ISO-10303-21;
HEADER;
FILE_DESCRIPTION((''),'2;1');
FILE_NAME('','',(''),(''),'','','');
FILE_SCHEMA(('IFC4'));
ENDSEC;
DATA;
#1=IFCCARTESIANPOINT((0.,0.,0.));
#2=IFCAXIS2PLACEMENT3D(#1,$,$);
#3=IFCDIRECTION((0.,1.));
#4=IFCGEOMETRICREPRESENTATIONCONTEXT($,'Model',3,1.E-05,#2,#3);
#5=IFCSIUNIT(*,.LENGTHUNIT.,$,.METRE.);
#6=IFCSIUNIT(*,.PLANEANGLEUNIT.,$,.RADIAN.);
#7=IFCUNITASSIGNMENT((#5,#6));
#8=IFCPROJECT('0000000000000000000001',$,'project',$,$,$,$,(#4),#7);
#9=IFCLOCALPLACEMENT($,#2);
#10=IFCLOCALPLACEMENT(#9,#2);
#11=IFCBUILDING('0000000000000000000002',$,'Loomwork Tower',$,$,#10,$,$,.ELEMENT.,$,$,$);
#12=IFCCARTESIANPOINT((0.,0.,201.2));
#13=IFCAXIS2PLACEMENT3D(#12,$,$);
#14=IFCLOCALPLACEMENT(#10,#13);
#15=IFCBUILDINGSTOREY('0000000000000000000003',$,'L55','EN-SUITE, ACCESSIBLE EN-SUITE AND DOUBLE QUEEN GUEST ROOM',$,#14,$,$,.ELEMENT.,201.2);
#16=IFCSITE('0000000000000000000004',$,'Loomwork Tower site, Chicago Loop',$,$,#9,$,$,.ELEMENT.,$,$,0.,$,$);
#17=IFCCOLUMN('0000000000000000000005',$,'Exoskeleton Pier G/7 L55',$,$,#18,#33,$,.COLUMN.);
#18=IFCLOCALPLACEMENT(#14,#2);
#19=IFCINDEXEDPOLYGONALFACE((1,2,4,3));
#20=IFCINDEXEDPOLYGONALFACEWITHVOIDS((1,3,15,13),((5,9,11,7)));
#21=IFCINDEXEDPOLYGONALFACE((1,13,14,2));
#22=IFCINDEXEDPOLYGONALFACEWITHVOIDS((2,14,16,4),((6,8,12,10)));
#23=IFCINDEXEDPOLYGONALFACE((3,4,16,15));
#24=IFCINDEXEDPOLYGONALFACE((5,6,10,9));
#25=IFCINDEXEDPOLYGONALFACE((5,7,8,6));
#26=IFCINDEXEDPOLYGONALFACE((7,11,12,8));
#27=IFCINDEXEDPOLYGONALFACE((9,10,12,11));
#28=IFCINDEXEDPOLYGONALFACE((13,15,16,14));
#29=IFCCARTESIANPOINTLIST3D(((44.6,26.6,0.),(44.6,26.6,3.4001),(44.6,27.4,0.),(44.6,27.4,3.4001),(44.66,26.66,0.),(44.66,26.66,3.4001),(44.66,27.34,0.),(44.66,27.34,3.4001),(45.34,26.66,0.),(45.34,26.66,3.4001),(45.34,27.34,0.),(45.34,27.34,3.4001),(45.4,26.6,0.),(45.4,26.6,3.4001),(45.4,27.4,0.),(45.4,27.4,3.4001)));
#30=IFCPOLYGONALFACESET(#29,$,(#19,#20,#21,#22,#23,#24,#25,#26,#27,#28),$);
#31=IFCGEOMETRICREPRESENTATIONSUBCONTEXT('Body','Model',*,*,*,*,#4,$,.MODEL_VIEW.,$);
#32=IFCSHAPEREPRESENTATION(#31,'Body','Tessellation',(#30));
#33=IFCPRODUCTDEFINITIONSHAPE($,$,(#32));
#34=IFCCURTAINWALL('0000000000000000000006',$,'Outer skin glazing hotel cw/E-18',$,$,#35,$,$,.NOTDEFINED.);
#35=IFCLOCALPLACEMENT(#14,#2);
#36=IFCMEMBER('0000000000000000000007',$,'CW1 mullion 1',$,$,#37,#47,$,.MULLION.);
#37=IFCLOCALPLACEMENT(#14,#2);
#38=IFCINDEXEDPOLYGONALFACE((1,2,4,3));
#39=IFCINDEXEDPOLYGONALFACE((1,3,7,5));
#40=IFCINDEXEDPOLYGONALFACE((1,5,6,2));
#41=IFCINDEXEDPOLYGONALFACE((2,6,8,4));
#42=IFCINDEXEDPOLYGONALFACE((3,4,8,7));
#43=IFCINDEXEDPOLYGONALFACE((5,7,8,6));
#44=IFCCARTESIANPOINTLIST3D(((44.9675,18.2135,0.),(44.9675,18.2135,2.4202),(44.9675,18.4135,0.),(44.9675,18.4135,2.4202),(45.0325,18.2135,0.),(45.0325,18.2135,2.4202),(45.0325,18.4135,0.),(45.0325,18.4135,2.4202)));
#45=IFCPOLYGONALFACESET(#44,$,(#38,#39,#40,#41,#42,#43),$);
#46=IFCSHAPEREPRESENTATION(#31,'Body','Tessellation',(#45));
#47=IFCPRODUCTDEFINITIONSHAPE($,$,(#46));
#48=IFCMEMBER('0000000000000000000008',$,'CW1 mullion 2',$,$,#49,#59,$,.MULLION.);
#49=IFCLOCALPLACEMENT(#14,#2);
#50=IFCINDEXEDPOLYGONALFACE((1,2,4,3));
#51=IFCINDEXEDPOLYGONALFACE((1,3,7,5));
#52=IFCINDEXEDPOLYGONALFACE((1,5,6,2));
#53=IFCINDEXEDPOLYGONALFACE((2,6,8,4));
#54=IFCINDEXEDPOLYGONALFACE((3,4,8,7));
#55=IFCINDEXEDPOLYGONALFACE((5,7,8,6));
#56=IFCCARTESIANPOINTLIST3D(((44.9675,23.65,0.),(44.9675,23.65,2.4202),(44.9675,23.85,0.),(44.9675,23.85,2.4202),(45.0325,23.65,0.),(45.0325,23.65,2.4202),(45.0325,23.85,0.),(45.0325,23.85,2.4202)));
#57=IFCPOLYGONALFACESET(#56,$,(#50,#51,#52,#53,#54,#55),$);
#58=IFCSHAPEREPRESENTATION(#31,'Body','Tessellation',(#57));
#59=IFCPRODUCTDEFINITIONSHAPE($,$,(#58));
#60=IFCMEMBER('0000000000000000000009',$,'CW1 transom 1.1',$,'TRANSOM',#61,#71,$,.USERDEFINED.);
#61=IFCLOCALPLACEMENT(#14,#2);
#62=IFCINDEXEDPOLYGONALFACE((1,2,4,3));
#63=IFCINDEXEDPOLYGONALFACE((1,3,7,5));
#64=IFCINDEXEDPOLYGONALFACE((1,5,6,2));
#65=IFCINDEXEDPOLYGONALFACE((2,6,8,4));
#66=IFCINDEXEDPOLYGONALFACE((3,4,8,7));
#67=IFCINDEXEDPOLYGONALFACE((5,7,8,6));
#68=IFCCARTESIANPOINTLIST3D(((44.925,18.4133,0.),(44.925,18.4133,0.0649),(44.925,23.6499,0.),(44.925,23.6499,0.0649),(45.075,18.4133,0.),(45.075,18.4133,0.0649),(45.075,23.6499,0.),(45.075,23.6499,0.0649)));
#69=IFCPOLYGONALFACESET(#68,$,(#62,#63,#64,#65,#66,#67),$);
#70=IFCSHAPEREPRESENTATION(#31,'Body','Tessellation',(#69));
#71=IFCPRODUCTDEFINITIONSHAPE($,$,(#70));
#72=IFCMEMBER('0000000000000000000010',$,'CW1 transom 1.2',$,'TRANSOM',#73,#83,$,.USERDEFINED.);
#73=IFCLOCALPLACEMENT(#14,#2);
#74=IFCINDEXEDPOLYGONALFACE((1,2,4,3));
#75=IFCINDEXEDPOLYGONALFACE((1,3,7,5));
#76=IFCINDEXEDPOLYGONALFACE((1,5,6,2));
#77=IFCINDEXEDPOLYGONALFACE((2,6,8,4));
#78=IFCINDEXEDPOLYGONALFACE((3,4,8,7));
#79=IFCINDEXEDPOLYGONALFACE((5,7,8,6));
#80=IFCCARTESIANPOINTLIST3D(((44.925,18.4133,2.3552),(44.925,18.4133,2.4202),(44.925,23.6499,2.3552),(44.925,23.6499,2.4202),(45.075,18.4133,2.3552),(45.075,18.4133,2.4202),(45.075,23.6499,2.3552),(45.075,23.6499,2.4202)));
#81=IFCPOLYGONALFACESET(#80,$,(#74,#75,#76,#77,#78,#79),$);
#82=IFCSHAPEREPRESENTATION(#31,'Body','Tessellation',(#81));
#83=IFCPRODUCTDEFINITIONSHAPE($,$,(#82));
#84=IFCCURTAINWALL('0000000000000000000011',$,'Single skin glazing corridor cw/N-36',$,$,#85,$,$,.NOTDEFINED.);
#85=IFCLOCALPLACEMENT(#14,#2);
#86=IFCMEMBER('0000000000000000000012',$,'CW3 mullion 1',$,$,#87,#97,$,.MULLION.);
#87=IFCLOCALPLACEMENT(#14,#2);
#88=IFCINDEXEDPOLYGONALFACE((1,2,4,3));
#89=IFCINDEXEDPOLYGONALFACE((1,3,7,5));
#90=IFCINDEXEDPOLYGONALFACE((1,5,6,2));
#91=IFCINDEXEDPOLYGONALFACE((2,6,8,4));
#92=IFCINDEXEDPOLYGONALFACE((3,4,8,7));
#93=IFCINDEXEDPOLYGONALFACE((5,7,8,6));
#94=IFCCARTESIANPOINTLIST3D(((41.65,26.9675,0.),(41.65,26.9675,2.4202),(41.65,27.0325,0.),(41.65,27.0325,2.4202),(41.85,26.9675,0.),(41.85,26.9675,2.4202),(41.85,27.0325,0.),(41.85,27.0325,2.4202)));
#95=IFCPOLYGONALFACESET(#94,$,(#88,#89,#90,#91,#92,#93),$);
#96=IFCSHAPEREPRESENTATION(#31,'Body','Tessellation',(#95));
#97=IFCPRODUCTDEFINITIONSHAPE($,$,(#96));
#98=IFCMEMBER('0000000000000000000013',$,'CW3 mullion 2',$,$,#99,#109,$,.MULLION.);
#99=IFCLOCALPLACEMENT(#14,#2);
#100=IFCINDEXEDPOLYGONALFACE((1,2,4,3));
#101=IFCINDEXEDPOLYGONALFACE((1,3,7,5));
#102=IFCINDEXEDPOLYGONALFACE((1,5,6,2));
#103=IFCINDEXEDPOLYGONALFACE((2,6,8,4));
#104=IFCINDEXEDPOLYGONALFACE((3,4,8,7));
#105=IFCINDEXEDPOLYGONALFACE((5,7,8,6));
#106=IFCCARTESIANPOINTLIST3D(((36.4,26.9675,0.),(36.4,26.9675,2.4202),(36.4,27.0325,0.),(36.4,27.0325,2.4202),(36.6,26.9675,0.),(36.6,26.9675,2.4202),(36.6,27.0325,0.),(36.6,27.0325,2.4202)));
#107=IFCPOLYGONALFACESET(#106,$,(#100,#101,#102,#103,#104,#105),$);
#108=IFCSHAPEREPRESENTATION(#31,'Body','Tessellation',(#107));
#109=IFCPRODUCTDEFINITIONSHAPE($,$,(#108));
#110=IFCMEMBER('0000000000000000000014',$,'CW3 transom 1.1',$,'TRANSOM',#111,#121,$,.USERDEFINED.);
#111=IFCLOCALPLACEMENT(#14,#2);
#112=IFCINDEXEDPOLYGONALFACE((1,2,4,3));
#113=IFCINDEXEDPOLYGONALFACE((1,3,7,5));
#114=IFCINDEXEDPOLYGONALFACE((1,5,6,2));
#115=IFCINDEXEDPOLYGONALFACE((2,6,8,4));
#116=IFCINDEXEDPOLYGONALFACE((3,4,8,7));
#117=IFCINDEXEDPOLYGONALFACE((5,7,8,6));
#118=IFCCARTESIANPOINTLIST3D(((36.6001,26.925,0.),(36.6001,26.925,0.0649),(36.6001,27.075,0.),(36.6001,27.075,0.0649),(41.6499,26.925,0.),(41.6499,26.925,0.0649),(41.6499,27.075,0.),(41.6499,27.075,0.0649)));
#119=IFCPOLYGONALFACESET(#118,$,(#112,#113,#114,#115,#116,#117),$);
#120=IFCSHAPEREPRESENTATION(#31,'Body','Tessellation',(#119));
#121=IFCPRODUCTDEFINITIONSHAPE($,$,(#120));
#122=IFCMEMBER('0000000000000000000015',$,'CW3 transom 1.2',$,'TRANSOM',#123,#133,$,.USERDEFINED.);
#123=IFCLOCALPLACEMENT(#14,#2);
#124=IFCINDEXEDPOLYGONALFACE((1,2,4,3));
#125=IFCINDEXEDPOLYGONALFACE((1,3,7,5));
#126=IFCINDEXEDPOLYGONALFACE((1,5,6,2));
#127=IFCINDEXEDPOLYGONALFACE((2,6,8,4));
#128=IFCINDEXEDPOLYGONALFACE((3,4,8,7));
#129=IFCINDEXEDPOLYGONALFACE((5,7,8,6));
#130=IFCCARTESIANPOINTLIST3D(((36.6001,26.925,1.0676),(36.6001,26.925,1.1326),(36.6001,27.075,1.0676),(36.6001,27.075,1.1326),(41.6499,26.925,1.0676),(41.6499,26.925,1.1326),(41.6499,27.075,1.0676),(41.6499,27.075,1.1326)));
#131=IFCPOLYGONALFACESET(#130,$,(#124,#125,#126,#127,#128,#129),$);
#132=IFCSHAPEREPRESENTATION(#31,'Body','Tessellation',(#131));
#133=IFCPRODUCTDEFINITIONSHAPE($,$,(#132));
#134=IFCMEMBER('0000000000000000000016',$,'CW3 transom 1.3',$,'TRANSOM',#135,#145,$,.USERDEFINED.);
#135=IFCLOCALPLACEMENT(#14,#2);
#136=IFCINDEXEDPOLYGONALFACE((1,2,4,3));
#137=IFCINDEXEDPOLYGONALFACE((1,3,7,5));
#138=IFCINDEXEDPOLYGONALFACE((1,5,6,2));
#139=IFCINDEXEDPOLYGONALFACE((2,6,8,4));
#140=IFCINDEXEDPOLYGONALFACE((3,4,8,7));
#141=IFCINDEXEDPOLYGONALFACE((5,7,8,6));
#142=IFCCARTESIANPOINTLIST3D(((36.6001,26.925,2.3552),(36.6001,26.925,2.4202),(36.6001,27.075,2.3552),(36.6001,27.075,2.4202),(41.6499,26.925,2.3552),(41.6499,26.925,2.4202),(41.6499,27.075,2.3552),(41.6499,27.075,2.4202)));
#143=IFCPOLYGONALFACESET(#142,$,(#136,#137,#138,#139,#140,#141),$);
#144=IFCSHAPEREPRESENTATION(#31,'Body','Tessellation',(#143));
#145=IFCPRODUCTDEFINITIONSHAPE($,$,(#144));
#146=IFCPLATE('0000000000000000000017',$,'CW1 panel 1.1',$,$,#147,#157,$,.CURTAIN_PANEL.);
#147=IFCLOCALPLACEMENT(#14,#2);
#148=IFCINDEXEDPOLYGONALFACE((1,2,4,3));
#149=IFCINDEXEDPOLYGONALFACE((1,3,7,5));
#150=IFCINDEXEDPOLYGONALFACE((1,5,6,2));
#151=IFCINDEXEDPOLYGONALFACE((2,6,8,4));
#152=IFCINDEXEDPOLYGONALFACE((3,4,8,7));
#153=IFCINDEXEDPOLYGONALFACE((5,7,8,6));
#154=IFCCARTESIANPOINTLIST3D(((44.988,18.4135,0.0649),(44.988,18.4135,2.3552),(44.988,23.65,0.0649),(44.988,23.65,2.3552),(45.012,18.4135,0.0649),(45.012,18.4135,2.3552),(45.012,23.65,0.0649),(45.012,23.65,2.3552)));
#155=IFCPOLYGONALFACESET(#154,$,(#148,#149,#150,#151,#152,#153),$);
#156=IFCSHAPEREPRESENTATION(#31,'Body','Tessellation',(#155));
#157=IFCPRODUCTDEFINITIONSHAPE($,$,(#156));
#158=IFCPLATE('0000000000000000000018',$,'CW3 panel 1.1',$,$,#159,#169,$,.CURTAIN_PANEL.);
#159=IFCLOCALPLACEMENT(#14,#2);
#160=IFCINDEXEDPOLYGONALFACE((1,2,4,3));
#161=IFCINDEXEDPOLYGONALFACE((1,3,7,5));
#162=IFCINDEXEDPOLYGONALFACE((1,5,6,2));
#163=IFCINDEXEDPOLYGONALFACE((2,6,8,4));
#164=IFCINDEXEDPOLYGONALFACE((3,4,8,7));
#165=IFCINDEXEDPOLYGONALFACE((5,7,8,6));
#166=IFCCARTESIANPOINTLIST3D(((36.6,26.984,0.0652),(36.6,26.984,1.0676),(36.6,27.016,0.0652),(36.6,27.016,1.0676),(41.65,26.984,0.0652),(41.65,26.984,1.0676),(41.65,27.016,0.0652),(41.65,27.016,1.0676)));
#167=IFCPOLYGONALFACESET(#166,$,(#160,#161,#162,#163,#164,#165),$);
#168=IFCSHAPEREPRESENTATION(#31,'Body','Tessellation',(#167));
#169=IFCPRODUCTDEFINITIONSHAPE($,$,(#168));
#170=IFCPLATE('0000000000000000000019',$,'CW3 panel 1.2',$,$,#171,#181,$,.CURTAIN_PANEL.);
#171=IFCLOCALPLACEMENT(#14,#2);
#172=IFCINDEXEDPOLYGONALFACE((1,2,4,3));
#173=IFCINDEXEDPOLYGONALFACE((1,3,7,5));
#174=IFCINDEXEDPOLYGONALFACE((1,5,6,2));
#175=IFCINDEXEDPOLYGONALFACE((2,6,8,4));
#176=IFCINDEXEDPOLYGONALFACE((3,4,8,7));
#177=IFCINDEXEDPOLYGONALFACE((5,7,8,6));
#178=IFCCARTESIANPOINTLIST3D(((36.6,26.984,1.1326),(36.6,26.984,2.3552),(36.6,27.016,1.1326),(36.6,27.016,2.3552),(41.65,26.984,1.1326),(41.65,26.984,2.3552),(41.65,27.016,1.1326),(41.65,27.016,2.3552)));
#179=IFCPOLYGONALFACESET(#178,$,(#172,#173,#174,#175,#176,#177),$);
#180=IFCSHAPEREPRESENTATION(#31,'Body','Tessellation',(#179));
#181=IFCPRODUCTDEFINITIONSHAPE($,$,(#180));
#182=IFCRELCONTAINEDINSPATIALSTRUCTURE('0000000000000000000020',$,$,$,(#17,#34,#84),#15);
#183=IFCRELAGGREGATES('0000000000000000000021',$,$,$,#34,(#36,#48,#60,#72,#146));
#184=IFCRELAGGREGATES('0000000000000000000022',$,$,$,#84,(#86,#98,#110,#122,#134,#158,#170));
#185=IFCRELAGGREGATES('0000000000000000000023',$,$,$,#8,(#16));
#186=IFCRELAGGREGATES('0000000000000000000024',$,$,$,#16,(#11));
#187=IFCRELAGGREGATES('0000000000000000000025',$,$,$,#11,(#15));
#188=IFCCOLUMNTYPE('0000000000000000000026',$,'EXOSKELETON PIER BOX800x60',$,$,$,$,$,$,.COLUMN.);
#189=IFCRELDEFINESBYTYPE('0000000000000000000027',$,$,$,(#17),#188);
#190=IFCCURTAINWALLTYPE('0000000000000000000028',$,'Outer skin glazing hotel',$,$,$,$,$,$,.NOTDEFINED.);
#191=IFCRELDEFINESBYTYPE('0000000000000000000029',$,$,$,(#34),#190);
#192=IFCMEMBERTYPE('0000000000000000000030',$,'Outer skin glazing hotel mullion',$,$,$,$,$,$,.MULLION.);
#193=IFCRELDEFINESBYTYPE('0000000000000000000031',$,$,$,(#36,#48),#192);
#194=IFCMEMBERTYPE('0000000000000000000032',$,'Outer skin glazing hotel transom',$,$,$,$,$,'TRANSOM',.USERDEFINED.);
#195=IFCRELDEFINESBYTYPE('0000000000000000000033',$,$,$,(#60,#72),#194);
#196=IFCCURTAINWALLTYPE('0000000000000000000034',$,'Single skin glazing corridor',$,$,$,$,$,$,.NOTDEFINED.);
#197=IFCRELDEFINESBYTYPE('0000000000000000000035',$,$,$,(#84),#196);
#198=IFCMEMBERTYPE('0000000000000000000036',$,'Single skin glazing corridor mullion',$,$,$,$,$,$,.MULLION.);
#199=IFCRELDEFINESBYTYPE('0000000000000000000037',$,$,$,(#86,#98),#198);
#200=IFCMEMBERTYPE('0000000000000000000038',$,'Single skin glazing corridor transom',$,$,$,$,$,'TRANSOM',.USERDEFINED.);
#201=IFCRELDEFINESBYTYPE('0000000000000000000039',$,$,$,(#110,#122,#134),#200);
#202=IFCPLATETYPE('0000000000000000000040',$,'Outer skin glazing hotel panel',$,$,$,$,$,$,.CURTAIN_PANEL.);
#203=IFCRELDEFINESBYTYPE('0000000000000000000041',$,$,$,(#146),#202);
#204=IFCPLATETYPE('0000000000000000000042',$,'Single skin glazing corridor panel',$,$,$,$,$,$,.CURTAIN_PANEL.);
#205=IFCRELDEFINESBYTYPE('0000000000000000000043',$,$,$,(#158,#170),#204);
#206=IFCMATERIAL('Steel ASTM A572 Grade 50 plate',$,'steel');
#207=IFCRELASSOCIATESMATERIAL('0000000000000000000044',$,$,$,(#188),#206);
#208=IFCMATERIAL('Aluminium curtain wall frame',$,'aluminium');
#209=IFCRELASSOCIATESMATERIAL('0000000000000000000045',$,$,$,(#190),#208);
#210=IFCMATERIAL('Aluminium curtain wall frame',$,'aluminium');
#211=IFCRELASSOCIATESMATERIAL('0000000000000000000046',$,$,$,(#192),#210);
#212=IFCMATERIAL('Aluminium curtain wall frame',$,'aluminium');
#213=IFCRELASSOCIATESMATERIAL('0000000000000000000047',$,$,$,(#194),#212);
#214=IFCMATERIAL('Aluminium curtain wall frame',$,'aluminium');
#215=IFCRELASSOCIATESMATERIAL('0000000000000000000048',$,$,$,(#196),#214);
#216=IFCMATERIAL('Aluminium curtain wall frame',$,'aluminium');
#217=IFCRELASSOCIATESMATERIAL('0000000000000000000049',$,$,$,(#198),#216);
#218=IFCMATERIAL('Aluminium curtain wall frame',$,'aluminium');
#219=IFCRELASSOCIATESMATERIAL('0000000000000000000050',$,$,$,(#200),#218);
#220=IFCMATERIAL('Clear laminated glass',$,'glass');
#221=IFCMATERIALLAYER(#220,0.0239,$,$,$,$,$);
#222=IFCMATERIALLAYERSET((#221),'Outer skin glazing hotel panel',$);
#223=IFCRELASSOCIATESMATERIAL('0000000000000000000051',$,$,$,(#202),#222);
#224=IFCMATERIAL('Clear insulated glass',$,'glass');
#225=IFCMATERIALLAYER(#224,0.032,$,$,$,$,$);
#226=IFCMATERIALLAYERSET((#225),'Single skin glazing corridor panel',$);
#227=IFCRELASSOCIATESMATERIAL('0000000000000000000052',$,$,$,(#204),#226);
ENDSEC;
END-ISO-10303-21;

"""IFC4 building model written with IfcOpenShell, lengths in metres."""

from ifc_helpers import new_model, si_unit, direction, frame, origin, origin_2d, place, context, subcontext, project, spatial, rectangle, hollow_rectangle, extrude, material, layer, layer_set, material_profile, profile_set, type_object, element, aggregate, save


model = new_model("IFC4")

# Units and contexts
model_context = context("Model", 3, precision=1e-05, world=origin(), true_north=direction((0.0, 1.0)))
body_context = subcontext(model_context, "Body", "Model", "MODEL_VIEW")
ifc_project = project(units=[si_unit("LENGTHUNIT", "METRE"), si_unit("PLANEANGLEUNIT", "RADIAN")], contexts=[model_context])

# Site, building, storey
site_placement = place(None, origin())
site = spatial("IfcSite", under=ifc_project, at=site_placement, Name="Loomwork Tower site, Chicago Loop", CompositionType="ELEMENT", RefElevation=0.0)
building_placement = place(site_placement, origin())
building = spatial("IfcBuilding", under=site, at=building_placement, Name="Loomwork Tower", CompositionType="ELEMENT")
storey_placement = place(building_placement, frame((0.0, 0.0, 201.2)))
storey = spatial("IfcBuildingStorey", under=building, at=storey_placement, Name="L55", Description="EN-SUITE, ACCESSIBLE EN-SUITE AND DOUBLE QUEEN GUEST ROOM", CompositionType="ELEMENT", Elevation=201.2)

# Column
ifc_material_1 = material(Name="Steel ASTM A572 Grade 50 plate", Category="steel")
ifc_material_profile_1 = material_profile(ifc_material_1, hollow_rectangle(XDim=0.8, YDim=0.8, WallThickness=0.0601, at=origin_2d()), Name="BOX800x60")
ifc_profile_set_1 = profile_set([ifc_material_profile_1], Name="Steel ASTM A572 Grade 50 plate")
column_type = type_object("IfcColumnType", Name="EXOSKELETON PIER BOX800x60", PredefinedType="COLUMN", material=ifc_profile_set_1)
column_placement = place(storey_placement, frame((45.0, 27.0, 0.0), z_axis=(0.0, 0.0, 1.0), x_axis=(0.0, 1.0, 0.0)))
element("IfcColumn", 1, at=column_placement, inside=storey, type_object=column_type, Name="Exoskeleton Pier G/7 L55", PredefinedType="COLUMN", context=body_context, shape_type="SweptSolid", body=[
    extrude(hollow_rectangle(XDim=0.8, YDim=0.8, WallThickness=0.0601, at=origin_2d()), origin(), (0.0, 0.0, 1.0), 3.4001),
])

# Curtain walls, members
ifc_material_2 = material(Name="Aluminium curtain wall frame", Category="aluminium")
curtain_wall_type_1 = type_object("IfcCurtainWallType", Name="Outer skin glazing hotel", PredefinedType="NOTDEFINED", material=ifc_material_2)
curtain_wall_1_placement = place(storey_placement, origin())
curtain_wall_1 = element("IfcCurtainWall", 2, at=curtain_wall_1_placement, inside=storey, type_object=curtain_wall_type_1, Name="Outer skin glazing hotel cw/E-18", PredefinedType="NOTDEFINED")
ifc_material_3 = material(Name="Aluminium curtain wall frame", Category="aluminium")
ifc_material_profile_2 = material_profile(ifc_material_3, rectangle(XDim=0.0649, YDim=0.2, at=origin_2d()), Name="AL 65x200")
ifc_profile_set_2 = profile_set([ifc_material_profile_2], Name="Aluminium curtain wall frame")
member_type_1 = type_object("IfcMemberType", Name="Outer skin glazing hotel mullion", PredefinedType="MULLION", material=ifc_profile_set_2)
member_1_placement = place(storey_placement, frame((45.0, 18.3135, 0.0), z_axis=(0.0, 0.0, 1.0), x_axis=(-1.0, 0.0, 0.0)))
member_1 = element("IfcMember", 3, at=member_1_placement, type_object=member_type_1, Name="CW1 mullion 1", PredefinedType="MULLION", context=body_context, shape_type="SweptSolid", body=[
    extrude(rectangle(XDim=0.0649, YDim=0.2, at=origin_2d()), origin(), (0.0, 0.0, 1.0), 2.4202),
])
member_2_placement = place(storey_placement, frame((45.0, 23.75, 0.0), z_axis=(0.0, 0.0, 1.0), x_axis=(-1.0, 0.0, 0.0)))
member_2 = element("IfcMember", 4, at=member_2_placement, type_object=member_type_1, Name="CW1 mullion 2", PredefinedType="MULLION", context=body_context, shape_type="SweptSolid", body=[
    extrude(rectangle(XDim=0.0649, YDim=0.2, at=origin_2d()), origin(), (0.0, 0.0, 1.0), 2.4202),
])
ifc_material_4 = material(Name="Aluminium curtain wall frame", Category="aluminium")
ifc_material_profile_3 = material_profile(ifc_material_4, rectangle(XDim=0.1499, YDim=0.0649, at=origin_2d()), Name="AL 65x150")
ifc_profile_set_3 = profile_set([ifc_material_profile_3], Name="Aluminium curtain wall frame")
member_type_2 = type_object("IfcMemberType", Name="Outer skin glazing hotel transom", ElementType="TRANSOM", PredefinedType="USERDEFINED", material=ifc_profile_set_3)
member_3_placement = place(storey_placement, frame((45.0, 18.4133, 0.0325), z_axis=(0.0, 1.0, 0.0), x_axis=(-1.0, 0.0, 0.0)))
member_3 = element("IfcMember", 5, at=member_3_placement, type_object=member_type_2, Name="CW1 transom 1.1", ObjectType="TRANSOM", PredefinedType="USERDEFINED", context=body_context, shape_type="SweptSolid", body=[
    extrude(rectangle(XDim=0.1499, YDim=0.0649, at=origin_2d()), origin(), (0.0, 0.0, 1.0), 5.2366),
])
member_4_placement = place(storey_placement, frame((45.0, 18.4133, 2.3877), z_axis=(0.0, 1.0, 0.0), x_axis=(-1.0, 0.0, 0.0)))
member_4 = element("IfcMember", 6, at=member_4_placement, type_object=member_type_2, Name="CW1 transom 1.2", ObjectType="TRANSOM", PredefinedType="USERDEFINED", context=body_context, shape_type="SweptSolid", body=[
    extrude(rectangle(XDim=0.1499, YDim=0.0649, at=origin_2d()), origin(), (0.0, 0.0, 1.0), 5.2366),
])
ifc_material_5 = material(Name="Aluminium curtain wall frame", Category="aluminium")
curtain_wall_type_2 = type_object("IfcCurtainWallType", Name="Single skin glazing corridor", PredefinedType="NOTDEFINED", material=ifc_material_5)
curtain_wall_2_placement = place(storey_placement, origin())
curtain_wall_2 = element("IfcCurtainWall", 7, at=curtain_wall_2_placement, inside=storey, type_object=curtain_wall_type_2, Name="Single skin glazing corridor cw/N-36", PredefinedType="NOTDEFINED")
ifc_material_6 = material(Name="Aluminium curtain wall frame", Category="aluminium")
ifc_material_profile_4 = material_profile(ifc_material_6, rectangle(XDim=0.0649, YDim=0.2, at=origin_2d()), Name="AL 65x200")
ifc_profile_set_4 = profile_set([ifc_material_profile_4], Name="Aluminium curtain wall frame")
member_type_3 = type_object("IfcMemberType", Name="Single skin glazing corridor mullion", PredefinedType="MULLION", material=ifc_profile_set_4)
member_5_placement = place(storey_placement, frame((41.75, 27.0, 0.0), z_axis=(0.0, 0.0, 1.0), x_axis=(0.0, -1.0, 0.0)))
member_5 = element("IfcMember", 8, at=member_5_placement, type_object=member_type_3, Name="CW3 mullion 1", PredefinedType="MULLION", context=body_context, shape_type="SweptSolid", body=[
    extrude(rectangle(XDim=0.0649, YDim=0.2, at=origin_2d()), origin(), (0.0, 0.0, 1.0), 2.4202),
])
member_6_placement = place(storey_placement, frame((36.5, 27.0, 0.0), z_axis=(0.0, 0.0, 1.0), x_axis=(0.0, -1.0, 0.0)))
member_6 = element("IfcMember", 9, at=member_6_placement, type_object=member_type_3, Name="CW3 mullion 2", PredefinedType="MULLION", context=body_context, shape_type="SweptSolid", body=[
    extrude(rectangle(XDim=0.0649, YDim=0.2, at=origin_2d()), origin(), (0.0, 0.0, 1.0), 2.4202),
])
ifc_material_7 = material(Name="Aluminium curtain wall frame", Category="aluminium")
ifc_material_profile_5 = material_profile(ifc_material_7, rectangle(XDim=0.1499, YDim=0.0649, at=origin_2d()), Name="AL 65x150")
ifc_profile_set_5 = profile_set([ifc_material_profile_5], Name="Aluminium curtain wall frame")
member_type_4 = type_object("IfcMemberType", Name="Single skin glazing corridor transom", ElementType="TRANSOM", PredefinedType="USERDEFINED", material=ifc_profile_set_5)
member_7_placement = place(storey_placement, frame((41.6499, 27.0, 0.0325), z_axis=(-1.0, 0.0, 0.0), x_axis=(0.0, -1.0, 0.0)))
member_7 = element("IfcMember", 10, at=member_7_placement, type_object=member_type_4, Name="CW3 transom 1.1", ObjectType="TRANSOM", PredefinedType="USERDEFINED", context=body_context, shape_type="SweptSolid", body=[
    extrude(rectangle(XDim=0.1499, YDim=0.0649, at=origin_2d()), origin(), (0.0, 0.0, 1.0), 5.0498),
])
member_8_placement = place(storey_placement, frame((41.6499, 27.0, 1.1001), z_axis=(-1.0, 0.0, 0.0), x_axis=(0.0, -1.0, 0.0)))
member_8 = element("IfcMember", 11, at=member_8_placement, type_object=member_type_4, Name="CW3 transom 1.2", ObjectType="TRANSOM", PredefinedType="USERDEFINED", context=body_context, shape_type="SweptSolid", body=[
    extrude(rectangle(XDim=0.1499, YDim=0.0649, at=origin_2d()), origin(), (0.0, 0.0, 1.0), 5.0498),
])
member_9_placement = place(storey_placement, frame((41.6499, 27.0, 2.3877), z_axis=(-1.0, 0.0, 0.0), x_axis=(0.0, -1.0, 0.0)))
member_9 = element("IfcMember", 12, at=member_9_placement, type_object=member_type_4, Name="CW3 transom 1.3", ObjectType="TRANSOM", PredefinedType="USERDEFINED", context=body_context, shape_type="SweptSolid", body=[
    extrude(rectangle(XDim=0.1499, YDim=0.0649, at=origin_2d()), origin(), (0.0, 0.0, 1.0), 5.0498),
])

# Plates
ifc_material_8 = material(Name="Clear laminated glass", Category="glass")
ifc_layer_1 = layer(ifc_material_8, 0.0239)
ifc_layer_set_1 = layer_set([ifc_layer_1], Name="Outer skin glazing hotel panel")
plate_type_1 = type_object("IfcPlateType", Name="Outer skin glazing hotel panel", PredefinedType="CURTAIN_PANEL", material=ifc_layer_set_1)
plate_1_placement = place(storey_placement, frame((45.0, 21.0317, 0.0649), z_axis=(0.0, 0.0, 1.0), x_axis=(0.0, 1.0, 0.0)))
plate_1 = element("IfcPlate", 13, at=plate_1_placement, type_object=plate_type_1, Name="CW1 panel 1.1", PredefinedType="CURTAIN_PANEL", context=body_context, shape_type="SweptSolid", body=[
    extrude(rectangle(XDim=5.2366, YDim=0.0239, at=origin_2d()), origin(), (0.0, 0.0, 1.0), 2.2903),
])
aggregate(curtain_wall_1, [member_1, member_2, member_3, member_4, plate_1])
ifc_material_9 = material(Name="Clear insulated glass", Category="glass")
ifc_layer_2 = layer(ifc_material_9, 0.032)
ifc_layer_set_2 = layer_set([ifc_layer_2], Name="Single skin glazing corridor panel")
plate_type_2 = type_object("IfcPlateType", Name="Single skin glazing corridor panel", PredefinedType="CURTAIN_PANEL", material=ifc_layer_set_2)
plate_2_placement = place(storey_placement, frame((39.125, 27.0, 0.0652), z_axis=(0.0, 0.0, 1.0), x_axis=(-1.0, 0.0, 0.0)))
plate_2 = element("IfcPlate", 14, at=plate_2_placement, type_object=plate_type_2, Name="CW3 panel 1.1", PredefinedType="CURTAIN_PANEL", context=body_context, shape_type="SweptSolid", body=[
    extrude(rectangle(XDim=5.05, YDim=0.032, at=origin_2d()), origin(), (0.0, 0.0, 1.0), 1.0024),
])
plate_3_placement = place(storey_placement, frame((39.125, 27.0, 1.1326), z_axis=(0.0, 0.0, 1.0), x_axis=(-1.0, 0.0, 0.0)))
plate_3 = element("IfcPlate", 15, at=plate_3_placement, type_object=plate_type_2, Name="CW3 panel 1.2", PredefinedType="CURTAIN_PANEL", context=body_context, shape_type="SweptSolid", body=[
    extrude(rectangle(XDim=5.05, YDim=0.032, at=origin_2d()), origin(), (0.0, 0.0, 1.0), 1.2227),
])
aggregate(curtain_wall_2, [member_5, member_6, member_7, member_8, member_9, plate_2, plate_3])

save(model, "model.ifc")
